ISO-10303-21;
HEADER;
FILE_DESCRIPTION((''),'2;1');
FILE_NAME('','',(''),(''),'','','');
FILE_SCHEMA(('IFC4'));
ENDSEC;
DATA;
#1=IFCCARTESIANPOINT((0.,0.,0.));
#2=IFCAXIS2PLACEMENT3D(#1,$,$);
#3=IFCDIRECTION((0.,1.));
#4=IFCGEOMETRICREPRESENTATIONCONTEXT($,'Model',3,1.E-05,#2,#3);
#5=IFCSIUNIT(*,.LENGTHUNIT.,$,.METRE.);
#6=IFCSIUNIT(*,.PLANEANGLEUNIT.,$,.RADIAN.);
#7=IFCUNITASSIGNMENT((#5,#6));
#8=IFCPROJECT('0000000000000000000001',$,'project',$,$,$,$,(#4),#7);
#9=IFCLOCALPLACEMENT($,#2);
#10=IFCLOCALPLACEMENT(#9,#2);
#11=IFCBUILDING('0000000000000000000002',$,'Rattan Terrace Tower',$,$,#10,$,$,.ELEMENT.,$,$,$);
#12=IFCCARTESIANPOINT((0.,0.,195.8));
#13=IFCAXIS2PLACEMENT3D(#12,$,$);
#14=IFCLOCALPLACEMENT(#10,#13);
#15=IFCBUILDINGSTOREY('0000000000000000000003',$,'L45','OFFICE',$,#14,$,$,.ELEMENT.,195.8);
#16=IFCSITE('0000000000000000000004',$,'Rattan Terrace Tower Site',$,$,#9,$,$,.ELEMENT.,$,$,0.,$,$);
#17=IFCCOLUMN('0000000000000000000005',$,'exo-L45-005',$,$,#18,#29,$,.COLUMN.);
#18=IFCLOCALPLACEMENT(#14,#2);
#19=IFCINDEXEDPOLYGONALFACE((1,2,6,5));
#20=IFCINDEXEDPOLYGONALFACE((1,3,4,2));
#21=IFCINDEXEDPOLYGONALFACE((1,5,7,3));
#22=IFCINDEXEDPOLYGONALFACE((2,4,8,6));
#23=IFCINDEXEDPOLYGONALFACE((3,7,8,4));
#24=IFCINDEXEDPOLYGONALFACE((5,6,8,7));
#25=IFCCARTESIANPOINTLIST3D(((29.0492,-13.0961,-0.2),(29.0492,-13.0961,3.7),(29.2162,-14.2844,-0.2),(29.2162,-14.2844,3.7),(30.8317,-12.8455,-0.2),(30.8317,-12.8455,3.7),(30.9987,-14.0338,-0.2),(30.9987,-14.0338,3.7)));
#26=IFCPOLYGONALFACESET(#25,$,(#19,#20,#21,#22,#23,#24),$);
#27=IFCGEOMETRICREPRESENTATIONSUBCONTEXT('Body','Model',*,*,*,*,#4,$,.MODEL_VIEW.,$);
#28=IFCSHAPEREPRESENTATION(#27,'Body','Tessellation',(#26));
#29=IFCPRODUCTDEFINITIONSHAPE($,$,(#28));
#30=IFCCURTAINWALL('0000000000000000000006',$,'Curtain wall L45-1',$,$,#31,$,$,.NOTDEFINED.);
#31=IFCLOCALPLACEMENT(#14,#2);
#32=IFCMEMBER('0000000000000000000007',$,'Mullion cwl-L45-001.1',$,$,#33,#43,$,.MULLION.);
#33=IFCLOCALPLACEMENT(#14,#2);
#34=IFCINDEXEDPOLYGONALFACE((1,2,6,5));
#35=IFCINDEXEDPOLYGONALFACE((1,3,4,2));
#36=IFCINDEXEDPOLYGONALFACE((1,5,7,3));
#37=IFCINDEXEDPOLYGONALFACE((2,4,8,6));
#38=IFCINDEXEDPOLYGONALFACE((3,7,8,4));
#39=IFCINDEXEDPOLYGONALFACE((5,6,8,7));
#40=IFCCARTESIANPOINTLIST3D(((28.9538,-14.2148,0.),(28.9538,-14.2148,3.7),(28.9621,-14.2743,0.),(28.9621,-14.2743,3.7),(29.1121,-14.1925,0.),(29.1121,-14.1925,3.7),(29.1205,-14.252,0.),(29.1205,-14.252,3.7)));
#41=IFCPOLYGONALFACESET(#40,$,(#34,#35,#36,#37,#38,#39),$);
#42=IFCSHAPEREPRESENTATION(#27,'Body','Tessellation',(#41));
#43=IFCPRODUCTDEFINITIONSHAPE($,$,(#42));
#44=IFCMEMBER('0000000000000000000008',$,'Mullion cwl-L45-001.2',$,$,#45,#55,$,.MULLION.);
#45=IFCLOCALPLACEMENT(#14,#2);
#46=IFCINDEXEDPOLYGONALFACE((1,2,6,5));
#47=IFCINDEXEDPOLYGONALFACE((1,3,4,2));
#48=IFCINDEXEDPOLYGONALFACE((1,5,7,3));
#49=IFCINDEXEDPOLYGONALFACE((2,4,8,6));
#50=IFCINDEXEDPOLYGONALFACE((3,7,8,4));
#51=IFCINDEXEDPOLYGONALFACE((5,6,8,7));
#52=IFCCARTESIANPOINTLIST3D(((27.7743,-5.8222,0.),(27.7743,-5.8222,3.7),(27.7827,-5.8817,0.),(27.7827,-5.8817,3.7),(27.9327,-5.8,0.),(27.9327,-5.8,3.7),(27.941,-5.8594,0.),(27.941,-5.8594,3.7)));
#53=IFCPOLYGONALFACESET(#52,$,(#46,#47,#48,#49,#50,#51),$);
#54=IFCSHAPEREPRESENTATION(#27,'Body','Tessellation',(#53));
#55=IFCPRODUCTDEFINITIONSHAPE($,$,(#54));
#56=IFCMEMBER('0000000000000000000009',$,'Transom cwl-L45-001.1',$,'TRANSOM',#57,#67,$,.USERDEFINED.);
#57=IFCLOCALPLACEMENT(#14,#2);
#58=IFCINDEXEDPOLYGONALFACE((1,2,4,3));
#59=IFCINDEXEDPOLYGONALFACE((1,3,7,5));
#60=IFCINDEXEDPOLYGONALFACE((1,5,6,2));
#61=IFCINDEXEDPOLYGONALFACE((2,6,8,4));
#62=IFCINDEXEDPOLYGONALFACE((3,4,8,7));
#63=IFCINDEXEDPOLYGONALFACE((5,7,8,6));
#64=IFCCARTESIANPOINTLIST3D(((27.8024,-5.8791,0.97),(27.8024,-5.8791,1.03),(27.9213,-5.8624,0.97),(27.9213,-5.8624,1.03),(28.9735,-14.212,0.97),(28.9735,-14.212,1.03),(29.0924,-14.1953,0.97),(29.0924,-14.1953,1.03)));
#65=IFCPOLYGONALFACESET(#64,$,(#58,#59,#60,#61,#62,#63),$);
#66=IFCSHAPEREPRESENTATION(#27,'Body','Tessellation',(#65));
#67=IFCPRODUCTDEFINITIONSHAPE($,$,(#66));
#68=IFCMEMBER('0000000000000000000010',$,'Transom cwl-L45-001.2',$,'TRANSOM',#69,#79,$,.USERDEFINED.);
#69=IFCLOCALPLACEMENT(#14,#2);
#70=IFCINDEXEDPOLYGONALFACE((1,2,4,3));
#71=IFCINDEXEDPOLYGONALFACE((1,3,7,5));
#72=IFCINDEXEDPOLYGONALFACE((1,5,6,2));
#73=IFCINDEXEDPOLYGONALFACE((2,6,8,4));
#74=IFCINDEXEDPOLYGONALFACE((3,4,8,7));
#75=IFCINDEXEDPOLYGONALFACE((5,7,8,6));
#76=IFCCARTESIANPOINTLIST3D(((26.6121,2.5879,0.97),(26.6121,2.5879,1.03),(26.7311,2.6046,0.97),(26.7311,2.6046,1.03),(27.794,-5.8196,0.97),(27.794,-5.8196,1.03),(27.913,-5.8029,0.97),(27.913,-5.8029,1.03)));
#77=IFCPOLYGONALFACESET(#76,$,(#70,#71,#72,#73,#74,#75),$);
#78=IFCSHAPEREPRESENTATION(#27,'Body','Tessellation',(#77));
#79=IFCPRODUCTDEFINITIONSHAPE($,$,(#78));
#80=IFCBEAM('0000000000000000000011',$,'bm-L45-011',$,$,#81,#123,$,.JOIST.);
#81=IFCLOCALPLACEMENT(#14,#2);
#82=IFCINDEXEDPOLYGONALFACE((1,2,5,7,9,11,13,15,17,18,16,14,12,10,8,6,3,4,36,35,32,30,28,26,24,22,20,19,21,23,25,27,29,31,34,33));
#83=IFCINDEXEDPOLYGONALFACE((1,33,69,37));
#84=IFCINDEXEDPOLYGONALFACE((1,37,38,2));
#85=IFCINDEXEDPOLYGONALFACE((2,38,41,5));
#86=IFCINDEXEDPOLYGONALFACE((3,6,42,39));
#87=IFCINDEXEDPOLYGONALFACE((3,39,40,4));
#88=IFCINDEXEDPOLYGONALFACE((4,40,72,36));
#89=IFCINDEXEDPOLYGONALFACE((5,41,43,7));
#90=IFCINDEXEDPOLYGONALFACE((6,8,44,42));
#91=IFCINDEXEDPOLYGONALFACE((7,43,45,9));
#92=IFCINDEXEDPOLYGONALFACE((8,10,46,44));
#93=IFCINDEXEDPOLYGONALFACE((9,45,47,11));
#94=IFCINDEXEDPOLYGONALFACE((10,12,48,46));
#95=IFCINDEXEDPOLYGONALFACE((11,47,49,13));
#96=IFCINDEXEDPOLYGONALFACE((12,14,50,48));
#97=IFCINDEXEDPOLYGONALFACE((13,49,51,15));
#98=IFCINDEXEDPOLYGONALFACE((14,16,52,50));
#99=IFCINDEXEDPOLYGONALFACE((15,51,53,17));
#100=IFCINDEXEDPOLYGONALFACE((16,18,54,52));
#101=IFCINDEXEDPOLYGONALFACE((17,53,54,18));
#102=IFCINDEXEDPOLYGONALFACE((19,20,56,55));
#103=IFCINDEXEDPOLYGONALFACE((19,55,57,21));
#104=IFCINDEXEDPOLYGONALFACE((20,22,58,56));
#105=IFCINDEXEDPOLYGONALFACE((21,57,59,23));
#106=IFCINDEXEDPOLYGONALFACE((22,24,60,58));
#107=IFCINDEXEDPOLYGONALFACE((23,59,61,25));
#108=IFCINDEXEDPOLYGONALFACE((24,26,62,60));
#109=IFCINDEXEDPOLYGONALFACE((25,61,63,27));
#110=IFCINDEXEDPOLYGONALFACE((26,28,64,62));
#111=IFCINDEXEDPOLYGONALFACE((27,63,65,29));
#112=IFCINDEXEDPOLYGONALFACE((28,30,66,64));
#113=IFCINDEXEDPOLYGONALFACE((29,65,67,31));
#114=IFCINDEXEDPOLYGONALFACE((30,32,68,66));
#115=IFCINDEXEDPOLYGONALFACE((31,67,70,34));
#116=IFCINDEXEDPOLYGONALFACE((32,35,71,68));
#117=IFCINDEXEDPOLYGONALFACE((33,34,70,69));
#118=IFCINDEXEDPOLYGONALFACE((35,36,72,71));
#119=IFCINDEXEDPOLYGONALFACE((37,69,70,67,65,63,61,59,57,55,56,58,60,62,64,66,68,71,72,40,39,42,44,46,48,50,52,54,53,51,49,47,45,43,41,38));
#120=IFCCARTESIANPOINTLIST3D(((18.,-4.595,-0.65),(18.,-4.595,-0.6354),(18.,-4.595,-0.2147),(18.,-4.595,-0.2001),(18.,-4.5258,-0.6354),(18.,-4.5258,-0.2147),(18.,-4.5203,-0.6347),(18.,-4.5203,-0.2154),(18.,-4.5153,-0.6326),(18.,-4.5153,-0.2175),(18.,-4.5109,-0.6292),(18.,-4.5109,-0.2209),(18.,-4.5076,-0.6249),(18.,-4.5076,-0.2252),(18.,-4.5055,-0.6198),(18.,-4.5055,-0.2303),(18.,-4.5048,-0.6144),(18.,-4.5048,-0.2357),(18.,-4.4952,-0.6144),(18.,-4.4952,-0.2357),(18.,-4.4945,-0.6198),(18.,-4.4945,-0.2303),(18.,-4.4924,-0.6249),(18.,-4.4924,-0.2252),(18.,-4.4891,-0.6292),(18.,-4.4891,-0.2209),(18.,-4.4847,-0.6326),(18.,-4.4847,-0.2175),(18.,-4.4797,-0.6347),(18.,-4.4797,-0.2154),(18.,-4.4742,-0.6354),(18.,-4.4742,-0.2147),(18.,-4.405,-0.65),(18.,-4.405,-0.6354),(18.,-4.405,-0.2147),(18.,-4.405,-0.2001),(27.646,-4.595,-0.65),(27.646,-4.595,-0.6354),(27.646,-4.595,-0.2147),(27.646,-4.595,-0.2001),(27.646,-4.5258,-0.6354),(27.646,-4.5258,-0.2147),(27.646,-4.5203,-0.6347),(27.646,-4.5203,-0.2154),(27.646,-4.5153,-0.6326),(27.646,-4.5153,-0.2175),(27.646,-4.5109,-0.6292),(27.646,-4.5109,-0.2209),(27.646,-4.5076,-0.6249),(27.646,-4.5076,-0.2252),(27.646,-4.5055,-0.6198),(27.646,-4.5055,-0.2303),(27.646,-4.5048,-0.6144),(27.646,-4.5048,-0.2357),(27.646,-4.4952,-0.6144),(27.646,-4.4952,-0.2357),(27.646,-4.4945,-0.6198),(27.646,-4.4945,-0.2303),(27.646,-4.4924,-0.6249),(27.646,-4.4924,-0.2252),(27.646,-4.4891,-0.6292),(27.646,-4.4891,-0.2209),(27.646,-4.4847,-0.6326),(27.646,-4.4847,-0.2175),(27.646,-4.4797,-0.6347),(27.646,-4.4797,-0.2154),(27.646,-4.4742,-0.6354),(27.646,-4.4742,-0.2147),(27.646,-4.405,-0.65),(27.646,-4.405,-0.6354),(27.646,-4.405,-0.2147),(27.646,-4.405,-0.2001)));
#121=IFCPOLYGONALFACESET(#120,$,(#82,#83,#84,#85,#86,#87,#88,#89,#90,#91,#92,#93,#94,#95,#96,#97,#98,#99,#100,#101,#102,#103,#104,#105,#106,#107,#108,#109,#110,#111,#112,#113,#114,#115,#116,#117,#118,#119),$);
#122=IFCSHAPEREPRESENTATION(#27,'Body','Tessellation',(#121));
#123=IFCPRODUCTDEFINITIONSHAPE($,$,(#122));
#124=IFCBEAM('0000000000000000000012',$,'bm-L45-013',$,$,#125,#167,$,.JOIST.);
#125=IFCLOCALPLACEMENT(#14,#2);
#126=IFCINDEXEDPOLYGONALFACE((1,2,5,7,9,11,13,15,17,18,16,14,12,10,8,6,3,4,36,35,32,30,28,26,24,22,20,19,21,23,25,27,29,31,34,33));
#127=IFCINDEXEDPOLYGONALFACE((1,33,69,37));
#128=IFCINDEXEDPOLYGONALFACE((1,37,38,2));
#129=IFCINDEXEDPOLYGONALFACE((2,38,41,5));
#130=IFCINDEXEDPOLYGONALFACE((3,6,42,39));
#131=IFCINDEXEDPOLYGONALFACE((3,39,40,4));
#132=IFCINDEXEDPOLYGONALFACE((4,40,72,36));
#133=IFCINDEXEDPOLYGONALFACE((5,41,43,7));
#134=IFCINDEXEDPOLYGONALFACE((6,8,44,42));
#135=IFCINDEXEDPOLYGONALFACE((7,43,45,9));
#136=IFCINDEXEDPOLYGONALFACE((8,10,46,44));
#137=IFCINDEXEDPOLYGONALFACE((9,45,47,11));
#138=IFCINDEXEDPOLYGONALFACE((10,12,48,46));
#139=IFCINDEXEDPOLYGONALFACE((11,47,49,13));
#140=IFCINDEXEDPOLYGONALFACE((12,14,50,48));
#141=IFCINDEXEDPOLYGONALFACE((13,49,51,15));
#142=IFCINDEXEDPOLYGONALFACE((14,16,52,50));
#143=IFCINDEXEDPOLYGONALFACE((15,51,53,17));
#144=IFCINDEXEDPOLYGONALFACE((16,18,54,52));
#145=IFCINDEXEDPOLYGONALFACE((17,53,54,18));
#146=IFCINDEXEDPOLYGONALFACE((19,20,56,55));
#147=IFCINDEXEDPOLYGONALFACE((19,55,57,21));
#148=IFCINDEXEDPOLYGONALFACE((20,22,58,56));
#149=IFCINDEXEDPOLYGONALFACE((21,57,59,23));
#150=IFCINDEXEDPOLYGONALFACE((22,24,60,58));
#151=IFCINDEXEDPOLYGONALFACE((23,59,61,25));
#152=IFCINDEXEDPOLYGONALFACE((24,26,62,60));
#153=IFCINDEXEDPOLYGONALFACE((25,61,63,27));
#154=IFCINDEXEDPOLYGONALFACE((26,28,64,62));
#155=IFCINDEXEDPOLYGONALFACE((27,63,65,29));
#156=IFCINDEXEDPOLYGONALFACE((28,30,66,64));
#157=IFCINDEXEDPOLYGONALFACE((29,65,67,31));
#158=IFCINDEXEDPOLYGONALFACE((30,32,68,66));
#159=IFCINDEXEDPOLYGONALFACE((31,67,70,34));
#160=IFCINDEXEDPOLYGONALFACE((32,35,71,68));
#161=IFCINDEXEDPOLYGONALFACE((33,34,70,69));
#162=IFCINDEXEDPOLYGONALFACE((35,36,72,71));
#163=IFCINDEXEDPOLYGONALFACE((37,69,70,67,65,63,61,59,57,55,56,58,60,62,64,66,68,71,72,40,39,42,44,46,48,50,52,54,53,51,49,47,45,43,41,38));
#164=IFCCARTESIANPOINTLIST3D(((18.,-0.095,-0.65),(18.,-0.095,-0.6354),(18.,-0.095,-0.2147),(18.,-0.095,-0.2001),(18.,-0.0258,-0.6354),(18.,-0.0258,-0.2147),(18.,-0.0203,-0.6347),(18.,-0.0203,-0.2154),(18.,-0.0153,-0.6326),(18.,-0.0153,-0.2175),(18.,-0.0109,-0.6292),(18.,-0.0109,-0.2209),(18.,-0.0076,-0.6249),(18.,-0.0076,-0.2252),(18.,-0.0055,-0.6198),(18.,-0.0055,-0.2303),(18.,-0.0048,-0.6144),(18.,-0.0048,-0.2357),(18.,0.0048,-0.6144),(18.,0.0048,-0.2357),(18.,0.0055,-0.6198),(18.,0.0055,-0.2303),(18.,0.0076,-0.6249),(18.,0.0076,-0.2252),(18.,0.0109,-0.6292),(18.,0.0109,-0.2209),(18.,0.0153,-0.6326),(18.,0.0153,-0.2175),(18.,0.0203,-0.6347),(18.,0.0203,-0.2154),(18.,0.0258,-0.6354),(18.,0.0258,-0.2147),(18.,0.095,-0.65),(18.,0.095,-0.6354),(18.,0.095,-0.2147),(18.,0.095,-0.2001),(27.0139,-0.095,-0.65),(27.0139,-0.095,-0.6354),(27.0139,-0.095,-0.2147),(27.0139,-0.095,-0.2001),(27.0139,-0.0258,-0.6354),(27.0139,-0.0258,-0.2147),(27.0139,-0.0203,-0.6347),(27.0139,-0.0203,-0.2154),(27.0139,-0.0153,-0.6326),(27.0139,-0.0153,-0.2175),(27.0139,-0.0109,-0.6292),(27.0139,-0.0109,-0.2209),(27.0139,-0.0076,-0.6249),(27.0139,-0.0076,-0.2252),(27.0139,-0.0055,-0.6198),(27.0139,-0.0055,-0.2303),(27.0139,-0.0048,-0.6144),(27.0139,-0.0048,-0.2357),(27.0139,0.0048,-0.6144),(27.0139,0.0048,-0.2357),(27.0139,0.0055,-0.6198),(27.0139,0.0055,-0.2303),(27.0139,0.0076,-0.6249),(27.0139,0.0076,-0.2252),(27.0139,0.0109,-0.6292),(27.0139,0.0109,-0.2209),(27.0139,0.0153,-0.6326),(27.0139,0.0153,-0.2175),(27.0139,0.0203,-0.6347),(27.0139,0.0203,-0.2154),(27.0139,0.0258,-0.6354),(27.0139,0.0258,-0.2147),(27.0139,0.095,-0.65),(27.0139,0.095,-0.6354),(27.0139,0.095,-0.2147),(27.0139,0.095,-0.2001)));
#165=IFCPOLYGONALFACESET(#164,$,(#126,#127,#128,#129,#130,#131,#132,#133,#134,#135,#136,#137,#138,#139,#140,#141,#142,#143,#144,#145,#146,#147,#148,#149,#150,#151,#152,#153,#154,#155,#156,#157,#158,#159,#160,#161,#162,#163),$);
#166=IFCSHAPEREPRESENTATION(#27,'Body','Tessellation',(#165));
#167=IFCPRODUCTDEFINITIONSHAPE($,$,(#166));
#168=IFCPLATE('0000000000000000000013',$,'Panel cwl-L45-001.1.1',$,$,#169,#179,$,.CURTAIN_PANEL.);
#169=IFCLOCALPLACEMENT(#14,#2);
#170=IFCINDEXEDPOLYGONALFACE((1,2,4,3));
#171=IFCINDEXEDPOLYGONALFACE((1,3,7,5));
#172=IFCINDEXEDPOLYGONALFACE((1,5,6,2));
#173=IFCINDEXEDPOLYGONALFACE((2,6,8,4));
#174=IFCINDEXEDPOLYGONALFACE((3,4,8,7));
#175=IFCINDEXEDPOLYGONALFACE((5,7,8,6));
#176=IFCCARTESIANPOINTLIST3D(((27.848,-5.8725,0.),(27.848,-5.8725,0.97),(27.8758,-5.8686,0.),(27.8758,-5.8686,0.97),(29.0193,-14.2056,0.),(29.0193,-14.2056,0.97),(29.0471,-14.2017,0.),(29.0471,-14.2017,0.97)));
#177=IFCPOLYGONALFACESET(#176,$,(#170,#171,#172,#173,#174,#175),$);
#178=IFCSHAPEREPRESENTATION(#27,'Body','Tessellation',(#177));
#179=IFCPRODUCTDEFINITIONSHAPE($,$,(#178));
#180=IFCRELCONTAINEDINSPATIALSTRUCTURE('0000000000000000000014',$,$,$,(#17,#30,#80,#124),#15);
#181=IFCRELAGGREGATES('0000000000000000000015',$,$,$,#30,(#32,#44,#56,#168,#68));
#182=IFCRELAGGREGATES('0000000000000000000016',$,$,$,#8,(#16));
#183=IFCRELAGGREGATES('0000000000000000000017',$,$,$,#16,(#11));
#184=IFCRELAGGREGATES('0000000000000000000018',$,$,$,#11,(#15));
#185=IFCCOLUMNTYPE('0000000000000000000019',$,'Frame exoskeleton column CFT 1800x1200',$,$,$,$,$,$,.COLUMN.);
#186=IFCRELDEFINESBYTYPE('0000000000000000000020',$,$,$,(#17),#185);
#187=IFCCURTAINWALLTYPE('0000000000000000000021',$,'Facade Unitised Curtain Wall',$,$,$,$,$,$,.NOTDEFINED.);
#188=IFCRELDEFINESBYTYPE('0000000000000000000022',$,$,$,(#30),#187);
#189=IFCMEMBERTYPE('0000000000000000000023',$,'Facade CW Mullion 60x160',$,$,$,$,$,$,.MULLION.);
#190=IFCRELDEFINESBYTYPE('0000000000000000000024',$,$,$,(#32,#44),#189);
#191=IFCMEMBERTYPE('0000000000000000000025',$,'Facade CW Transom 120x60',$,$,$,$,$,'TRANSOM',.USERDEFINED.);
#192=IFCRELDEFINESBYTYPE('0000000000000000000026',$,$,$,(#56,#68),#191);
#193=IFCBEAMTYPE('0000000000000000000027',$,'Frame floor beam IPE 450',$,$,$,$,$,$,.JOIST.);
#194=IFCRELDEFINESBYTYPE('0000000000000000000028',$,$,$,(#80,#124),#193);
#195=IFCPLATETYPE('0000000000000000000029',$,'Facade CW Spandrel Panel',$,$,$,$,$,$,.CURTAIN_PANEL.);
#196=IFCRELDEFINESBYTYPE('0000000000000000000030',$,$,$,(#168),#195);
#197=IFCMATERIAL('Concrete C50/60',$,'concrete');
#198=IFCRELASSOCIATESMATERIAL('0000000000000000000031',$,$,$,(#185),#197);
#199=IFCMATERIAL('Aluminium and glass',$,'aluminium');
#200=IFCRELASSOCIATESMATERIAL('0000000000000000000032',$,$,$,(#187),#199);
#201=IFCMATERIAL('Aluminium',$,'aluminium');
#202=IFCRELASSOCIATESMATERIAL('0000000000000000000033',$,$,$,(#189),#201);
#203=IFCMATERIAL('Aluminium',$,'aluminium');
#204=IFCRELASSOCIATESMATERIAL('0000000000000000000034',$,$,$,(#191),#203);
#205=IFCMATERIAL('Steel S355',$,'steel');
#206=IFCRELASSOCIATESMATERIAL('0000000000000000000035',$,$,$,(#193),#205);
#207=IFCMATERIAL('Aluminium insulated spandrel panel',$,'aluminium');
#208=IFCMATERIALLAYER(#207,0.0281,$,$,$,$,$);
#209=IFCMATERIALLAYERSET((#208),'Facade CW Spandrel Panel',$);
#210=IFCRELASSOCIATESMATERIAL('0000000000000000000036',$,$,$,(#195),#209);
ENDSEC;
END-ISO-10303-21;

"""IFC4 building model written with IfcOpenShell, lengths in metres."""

from ifc_helpers import new_model, si_unit, direction, frame, origin, origin_2d, place, context, subcontext, project, spatial, rectangle, i_section, extrude, material, layer, layer_set, material_profile, profile_set, type_object, element, aggregate, save


model = new_model("IFC4")

# Units and contexts
model_context = context("Model", 3, precision=1e-05, world=origin(), true_north=direction((0.0, 1.0)))
body_context = subcontext(model_context, "Body", "Model", "MODEL_VIEW")
ifc_project = project(units=[si_unit("LENGTHUNIT", "METRE"), si_unit("PLANEANGLEUNIT", "RADIAN")], contexts=[model_context])

# Site, building, storey
site_placement = place(None, origin())
site = spatial("IfcSite", under=ifc_project, at=site_placement, Name="Rattan Terrace Tower Site", CompositionType="ELEMENT", RefElevation=0.0)
building_placement = place(site_placement, origin())
building = spatial("IfcBuilding", under=site, at=building_placement, Name="Rattan Terrace Tower", CompositionType="ELEMENT")
storey_placement = place(building_placement, frame((0.0, 0.0, 195.8)))
storey = spatial("IfcBuildingStorey", under=building, at=storey_placement, Name="L45", Description="OFFICE", CompositionType="ELEMENT", Elevation=195.8)

# Column
ifc_material_1 = material(Name="Concrete C50/60", Category="concrete")
ifc_material_profile_1 = material_profile(ifc_material_1, rectangle(XDim=1.2, YDim=1.8, at=origin_2d()), Name="CFT 1800x1200")
ifc_profile_set_1 = profile_set([ifc_material_profile_1], Name="Concrete C50/60")
column_type = type_object("IfcColumnType", Name="Frame exoskeleton column CFT 1800x1200", PredefinedType="COLUMN", material=ifc_profile_set_1)
column_placement = place(storey_placement, frame((30.0239, -13.5649, -0.2), z_axis=(0.0, 0.0, 1.0), x_axis=(-0.13919, 0.990266, 0.0)))
element("IfcColumn", 1, at=column_placement, inside=storey, type_object=column_type, Name="exo-L45-005", PredefinedType="COLUMN", context=body_context, shape_type="SweptSolid", body=[
    extrude(rectangle(XDim=1.2, YDim=1.8, at=origin_2d()), origin(), (0.0, 0.0, 1.0), 3.8999),
])

# Curtain wall, members
ifc_material_2 = material(Name="Aluminium and glass", Category="aluminium")
curtain_wall_type = type_object("IfcCurtainWallType", Name="Facade Unitised Curtain Wall", PredefinedType="NOTDEFINED", material=ifc_material_2)
curtain_wall_placement = place(storey_placement, origin())
curtain_wall = element("IfcCurtainWall", 2, at=curtain_wall_placement, inside=storey, type_object=curtain_wall_type, Name="Curtain wall L45-1", PredefinedType="NOTDEFINED")
ifc_material_3 = material(Name="Aluminium", Category="aluminium")
ifc_material_profile_2 = material_profile(ifc_material_3, rectangle(XDim=0.0601, YDim=0.1599, at=origin_2d()), Name="Aluminium 60x160")
ifc_profile_set_2 = profile_set([ifc_material_profile_2], Name="Aluminium")
member_type_1 = type_object("IfcMemberType", Name="Facade CW Mullion 60x160", PredefinedType="MULLION", material=ifc_profile_set_2)
member_1_placement = place(storey_placement, frame((29.0371, -14.2334, 0.0), z_axis=(0.0, 0.0, 1.0), x_axis=(-0.139191, 0.990266, 0.0)))
member_1 = element("IfcMember", 3, at=member_1_placement, type_object=member_type_1, Name="Mullion cwl-L45-001.1", PredefinedType="MULLION", context=body_context, shape_type="SweptSolid", body=[
    extrude(rectangle(XDim=0.0601, YDim=0.1599, at=origin_2d()), origin(), (0.0, 0.0, 1.0), 3.7),
])
member_2_placement = place(storey_placement, frame((27.8577, -5.8408, 0.0), z_axis=(0.0, 0.0, 1.0), x_axis=(-0.139191, 0.990266, 0.0)))
member_2 = element("IfcMember", 4, at=member_2_placement, type_object=member_type_1, Name="Mullion cwl-L45-001.2", PredefinedType="MULLION", context=body_context, shape_type="SweptSolid", body=[
    extrude(rectangle(XDim=0.0601, YDim=0.1599, at=origin_2d()), origin(), (0.0, 0.0, 1.0), 3.7),
])
ifc_material_4 = material(Name="Aluminium", Category="aluminium")
ifc_material_profile_3 = material_profile(ifc_material_4, rectangle(XDim=0.1201, YDim=0.0601, at=origin_2d()), Name="Aluminium 120x60")
ifc_profile_set_3 = profile_set([ifc_material_profile_3], Name="Aluminium")
member_type_2 = type_object("IfcMemberType", Name="Facade CW Transom 120x60", ElementType="TRANSOM", PredefinedType="USERDEFINED", material=ifc_profile_set_3)
member_3_placement = place(storey_placement, frame((29.033, -14.2036, 1.0), z_axis=(-0.139175, 0.990268, 0.0), x_axis=(-0.990268, -0.139175, 0.0)))
member_3 = element("IfcMember", 5, at=member_3_placement, type_object=member_type_2, Name="Transom cwl-L45-001.1", ObjectType="TRANSOM", PredefinedType="USERDEFINED", context=body_context, shape_type="SweptSolid", body=[
    extrude(rectangle(XDim=0.1201, YDim=0.0601, at=origin_2d()), origin(), (0.0, 0.0, 1.0), 8.4148),
])
member_4_placement = place(storey_placement, frame((27.8535, -5.8113, 1.0), z_axis=(-0.139207, 0.990263, 0.0), x_axis=(-0.990263, -0.139207, 0.0)))
member_4 = element("IfcMember", 6, at=member_4_placement, type_object=member_type_2, Name="Transom cwl-L45-001.2", ObjectType="TRANSOM", PredefinedType="USERDEFINED", context=body_context, shape_type="SweptSolid", body=[
    extrude(rectangle(XDim=0.1201, YDim=0.0601, at=origin_2d()), origin(), (0.0, 0.0, 1.0), 8.4902),
])

# Beams
ifc_material_5 = material(Name="Steel S355", Category="steel")
ifc_material_profile_4 = material_profile(ifc_material_5, i_section(OverallWidth=0.1899, OverallDepth=0.45, WebThickness=0.0095, FlangeThickness=0.0146, FilletRadius=0.021, at=origin_2d()), Name="IPE 450")
ifc_profile_set_4 = profile_set([ifc_material_profile_4], Name="Steel S355")
beam_type = type_object("IfcBeamType", Name="Frame floor beam IPE 450", PredefinedType="JOIST", material=ifc_profile_set_4)
beam_1_placement = place(storey_placement, frame((18.0, -4.5, -0.425), z_axis=(1.0, 0.0, 0.0), x_axis=(0.0, 1.0, 0.0)))
element("IfcBeam", 7, at=beam_1_placement, inside=storey, type_object=beam_type, Name="bm-L45-011", PredefinedType="JOIST", context=body_context, shape_type="SweptSolid", body=[
    extrude(i_section(OverallWidth=0.1899, OverallDepth=0.45, WebThickness=0.0095, FlangeThickness=0.0146, FilletRadius=0.021, at=origin_2d()), origin(), (0.0, 0.0, 1.0), 9.646),
])
beam_2_placement = place(storey_placement, frame((18.0, 0.0, -0.425), z_axis=(1.0, 0.0, 0.0), x_axis=(0.0, 1.0, 0.0)))
element("IfcBeam", 8, at=beam_2_placement, inside=storey, type_object=beam_type, Name="bm-L45-013", PredefinedType="JOIST", context=body_context, shape_type="SweptSolid", body=[
    extrude(i_section(OverallWidth=0.1899, OverallDepth=0.45, WebThickness=0.0095, FlangeThickness=0.0146, FilletRadius=0.021, at=origin_2d()), origin(), (0.0, 0.0, 1.0), 9.0139),
])

# Plate
ifc_material_6 = material(Name="Aluminium insulated spandrel panel", Category="aluminium")
ifc_layer_1 = layer(ifc_material_6, 0.0281)
ifc_layer_set_1 = layer_set([ifc_layer_1], Name="Facade CW Spandrel Panel")
plate_type_1 = type_object("IfcPlateType", Name="Facade CW Spandrel Panel", PredefinedType="CURTAIN_PANEL", material=ifc_layer_set_1)
plate_1_placement = place(storey_placement, frame((28.4475, -10.0371, 0.0), z_axis=(0.0, 0.0, 1.0), x_axis=(-0.139191, 0.990266, 0.0)))
plate_1 = element("IfcPlate", 9, at=plate_1_placement, type_object=plate_type_1, Name="Panel cwl-L45-001.1.1", PredefinedType="CURTAIN_PANEL", context=body_context, shape_type="SweptSolid", body=[
    extrude(rectangle(XDim=8.415, YDim=0.0281, at=origin_2d()), origin(), (0.0, 0.0, 1.0), 0.97),
])
aggregate(curtain_wall, [member_1, member_2, member_3, plate_1, member_4])

save(model, "model.ifc")
